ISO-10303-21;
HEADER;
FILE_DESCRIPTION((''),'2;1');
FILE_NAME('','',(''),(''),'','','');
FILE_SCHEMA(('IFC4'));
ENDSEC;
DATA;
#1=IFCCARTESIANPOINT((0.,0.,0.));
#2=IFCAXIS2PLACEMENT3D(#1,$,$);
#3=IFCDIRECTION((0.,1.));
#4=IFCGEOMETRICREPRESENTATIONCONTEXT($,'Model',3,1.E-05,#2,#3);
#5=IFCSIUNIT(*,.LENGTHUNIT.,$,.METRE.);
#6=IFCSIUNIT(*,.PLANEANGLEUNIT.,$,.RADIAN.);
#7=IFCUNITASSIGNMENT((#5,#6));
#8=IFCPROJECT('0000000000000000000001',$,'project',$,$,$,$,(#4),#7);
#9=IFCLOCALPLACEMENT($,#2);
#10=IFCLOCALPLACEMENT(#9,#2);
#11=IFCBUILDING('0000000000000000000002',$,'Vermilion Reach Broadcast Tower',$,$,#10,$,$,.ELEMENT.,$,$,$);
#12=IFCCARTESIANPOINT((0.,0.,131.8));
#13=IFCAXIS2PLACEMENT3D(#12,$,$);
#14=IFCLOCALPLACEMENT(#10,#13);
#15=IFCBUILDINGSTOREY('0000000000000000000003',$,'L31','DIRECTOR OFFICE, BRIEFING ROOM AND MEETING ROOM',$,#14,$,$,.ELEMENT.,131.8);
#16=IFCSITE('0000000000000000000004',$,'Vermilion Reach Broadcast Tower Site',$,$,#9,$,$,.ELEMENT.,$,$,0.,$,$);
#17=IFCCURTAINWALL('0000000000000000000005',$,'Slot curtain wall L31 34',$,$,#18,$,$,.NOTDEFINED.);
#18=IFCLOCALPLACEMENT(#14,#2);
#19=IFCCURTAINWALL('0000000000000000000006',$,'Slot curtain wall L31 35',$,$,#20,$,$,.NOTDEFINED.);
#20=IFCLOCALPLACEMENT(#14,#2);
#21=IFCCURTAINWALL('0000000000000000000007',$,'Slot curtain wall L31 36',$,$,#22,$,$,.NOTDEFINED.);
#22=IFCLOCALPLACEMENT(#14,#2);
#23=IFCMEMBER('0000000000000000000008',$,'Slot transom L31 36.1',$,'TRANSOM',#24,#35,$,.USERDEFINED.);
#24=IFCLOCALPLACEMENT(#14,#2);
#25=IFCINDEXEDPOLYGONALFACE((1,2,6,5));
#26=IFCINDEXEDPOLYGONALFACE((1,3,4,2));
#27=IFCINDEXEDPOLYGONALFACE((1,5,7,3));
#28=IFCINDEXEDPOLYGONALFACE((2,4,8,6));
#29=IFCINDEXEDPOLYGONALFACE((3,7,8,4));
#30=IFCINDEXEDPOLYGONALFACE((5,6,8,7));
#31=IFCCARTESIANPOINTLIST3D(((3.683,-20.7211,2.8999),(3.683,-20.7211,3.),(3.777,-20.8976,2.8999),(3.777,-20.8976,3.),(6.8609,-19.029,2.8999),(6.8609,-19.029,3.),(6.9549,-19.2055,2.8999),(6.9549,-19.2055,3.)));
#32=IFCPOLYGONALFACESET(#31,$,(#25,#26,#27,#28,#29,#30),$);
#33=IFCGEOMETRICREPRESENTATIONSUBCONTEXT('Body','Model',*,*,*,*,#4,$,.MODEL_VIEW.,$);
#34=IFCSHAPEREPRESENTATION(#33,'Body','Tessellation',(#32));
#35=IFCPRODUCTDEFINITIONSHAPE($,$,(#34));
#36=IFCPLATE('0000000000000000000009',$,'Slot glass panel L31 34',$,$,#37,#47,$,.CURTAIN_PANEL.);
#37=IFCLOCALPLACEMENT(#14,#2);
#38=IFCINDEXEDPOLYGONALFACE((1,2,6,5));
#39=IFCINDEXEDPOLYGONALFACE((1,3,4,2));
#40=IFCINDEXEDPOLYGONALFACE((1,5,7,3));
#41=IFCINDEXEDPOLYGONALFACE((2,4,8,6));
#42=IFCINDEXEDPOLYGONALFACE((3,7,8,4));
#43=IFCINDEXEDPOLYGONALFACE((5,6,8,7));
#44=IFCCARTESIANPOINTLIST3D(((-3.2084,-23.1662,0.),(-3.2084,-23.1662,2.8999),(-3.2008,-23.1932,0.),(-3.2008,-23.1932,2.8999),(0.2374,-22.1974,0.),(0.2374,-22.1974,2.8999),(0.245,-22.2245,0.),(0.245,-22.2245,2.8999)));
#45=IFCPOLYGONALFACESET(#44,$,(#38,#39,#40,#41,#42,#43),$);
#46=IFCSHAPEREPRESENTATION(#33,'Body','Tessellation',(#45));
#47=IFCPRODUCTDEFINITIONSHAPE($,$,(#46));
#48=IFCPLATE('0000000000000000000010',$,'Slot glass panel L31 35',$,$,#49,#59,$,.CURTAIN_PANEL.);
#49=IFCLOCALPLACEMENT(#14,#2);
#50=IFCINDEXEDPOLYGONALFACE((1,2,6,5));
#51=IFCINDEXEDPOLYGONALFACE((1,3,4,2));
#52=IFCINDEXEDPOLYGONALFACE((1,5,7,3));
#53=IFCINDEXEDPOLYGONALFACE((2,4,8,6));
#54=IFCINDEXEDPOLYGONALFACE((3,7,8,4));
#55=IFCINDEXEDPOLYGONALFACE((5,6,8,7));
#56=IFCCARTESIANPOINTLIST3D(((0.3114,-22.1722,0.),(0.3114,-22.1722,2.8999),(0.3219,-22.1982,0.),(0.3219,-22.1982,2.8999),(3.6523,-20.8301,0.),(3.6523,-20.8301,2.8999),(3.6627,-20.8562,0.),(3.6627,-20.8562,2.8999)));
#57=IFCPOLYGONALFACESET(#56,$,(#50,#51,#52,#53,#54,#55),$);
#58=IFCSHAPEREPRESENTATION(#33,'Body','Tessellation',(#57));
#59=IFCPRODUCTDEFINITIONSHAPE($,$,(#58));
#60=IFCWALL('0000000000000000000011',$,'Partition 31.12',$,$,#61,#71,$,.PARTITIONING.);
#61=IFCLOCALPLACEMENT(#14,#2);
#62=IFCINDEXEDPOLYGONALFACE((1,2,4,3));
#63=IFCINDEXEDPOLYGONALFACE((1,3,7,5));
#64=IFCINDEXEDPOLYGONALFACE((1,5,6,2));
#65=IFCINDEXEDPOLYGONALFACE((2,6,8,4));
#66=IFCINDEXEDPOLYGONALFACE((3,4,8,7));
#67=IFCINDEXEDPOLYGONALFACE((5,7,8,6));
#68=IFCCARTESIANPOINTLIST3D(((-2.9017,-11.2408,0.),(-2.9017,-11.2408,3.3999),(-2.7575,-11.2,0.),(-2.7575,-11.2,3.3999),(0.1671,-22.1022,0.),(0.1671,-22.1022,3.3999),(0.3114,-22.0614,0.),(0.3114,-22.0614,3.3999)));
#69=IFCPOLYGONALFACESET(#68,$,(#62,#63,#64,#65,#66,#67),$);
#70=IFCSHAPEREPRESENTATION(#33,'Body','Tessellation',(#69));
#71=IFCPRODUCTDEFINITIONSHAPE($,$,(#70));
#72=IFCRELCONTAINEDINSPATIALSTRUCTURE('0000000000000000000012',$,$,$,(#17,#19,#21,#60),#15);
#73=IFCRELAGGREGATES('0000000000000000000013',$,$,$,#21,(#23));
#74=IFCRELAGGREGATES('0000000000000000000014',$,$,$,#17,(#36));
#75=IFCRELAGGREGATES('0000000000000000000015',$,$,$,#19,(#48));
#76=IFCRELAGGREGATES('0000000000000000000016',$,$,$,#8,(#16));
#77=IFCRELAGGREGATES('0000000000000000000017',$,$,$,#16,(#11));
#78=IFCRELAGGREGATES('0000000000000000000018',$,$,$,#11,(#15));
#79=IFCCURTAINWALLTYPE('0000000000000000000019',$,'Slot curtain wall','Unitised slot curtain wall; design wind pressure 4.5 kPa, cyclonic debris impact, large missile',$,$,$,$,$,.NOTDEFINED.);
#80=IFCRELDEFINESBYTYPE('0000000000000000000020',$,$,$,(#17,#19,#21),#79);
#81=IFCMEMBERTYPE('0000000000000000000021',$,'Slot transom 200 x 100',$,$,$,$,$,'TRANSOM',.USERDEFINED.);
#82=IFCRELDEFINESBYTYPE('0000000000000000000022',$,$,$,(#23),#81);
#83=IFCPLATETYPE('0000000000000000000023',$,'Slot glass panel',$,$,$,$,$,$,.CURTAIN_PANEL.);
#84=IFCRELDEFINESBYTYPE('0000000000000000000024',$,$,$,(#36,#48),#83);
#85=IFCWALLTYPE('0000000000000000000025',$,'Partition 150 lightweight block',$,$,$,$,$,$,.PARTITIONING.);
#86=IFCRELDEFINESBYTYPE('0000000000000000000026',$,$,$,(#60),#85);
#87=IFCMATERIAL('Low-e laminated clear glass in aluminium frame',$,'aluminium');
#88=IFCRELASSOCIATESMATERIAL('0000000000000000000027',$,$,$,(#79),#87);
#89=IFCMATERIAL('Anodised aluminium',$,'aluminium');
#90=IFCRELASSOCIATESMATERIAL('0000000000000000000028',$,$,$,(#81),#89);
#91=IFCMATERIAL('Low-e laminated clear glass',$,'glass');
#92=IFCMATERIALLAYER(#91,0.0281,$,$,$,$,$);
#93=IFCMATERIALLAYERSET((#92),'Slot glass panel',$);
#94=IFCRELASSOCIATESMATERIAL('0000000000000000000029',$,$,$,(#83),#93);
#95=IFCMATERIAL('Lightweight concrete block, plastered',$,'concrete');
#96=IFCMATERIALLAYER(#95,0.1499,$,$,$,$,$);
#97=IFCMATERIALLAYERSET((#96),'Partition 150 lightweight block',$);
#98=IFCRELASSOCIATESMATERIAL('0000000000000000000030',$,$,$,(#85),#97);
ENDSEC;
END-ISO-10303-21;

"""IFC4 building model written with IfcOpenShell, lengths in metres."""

from ifc_helpers import new_model, si_unit, direction, frame, frame_2d, origin, origin_2d, place, context, subcontext, project, spatial, rectangle, extrude, material, layer, layer_set, material_profile, profile_set, type_object, element, aggregate, save


model = new_model("IFC4")

# Units and contexts
model_context = context("Model", 3, precision=1e-05, world=origin(), true_north=direction((0.0, 1.0)))
body_context = subcontext(model_context, "Body", "Model", "MODEL_VIEW")
ifc_project = project(units=[si_unit("LENGTHUNIT", "METRE"), si_unit("PLANEANGLEUNIT", "RADIAN")], contexts=[model_context])

# Site, building, storey
site_placement = place(None, origin())
site = spatial("IfcSite", under=ifc_project, at=site_placement, Name="Vermilion Reach Broadcast Tower Site", CompositionType="ELEMENT", RefElevation=0.0)
building_placement = place(site_placement, origin())
building = spatial("IfcBuilding", under=site, at=building_placement, Name="Vermilion Reach Broadcast Tower", CompositionType="ELEMENT")
storey_placement = place(building_placement, frame((0.0, 0.0, 131.8)))
storey = spatial("IfcBuildingStorey", under=building, at=storey_placement, Name="L31", Description="DIRECTOR OFFICE, BRIEFING ROOM AND MEETING ROOM", CompositionType="ELEMENT", Elevation=131.8)

# Curtain walls
ifc_material_1 = material(Name="Low-e laminated clear glass in aluminium frame", Category="aluminium")
curtain_wall_type = type_object("IfcCurtainWallType", Name="Slot curtain wall", Description="Unitised slot curtain wall; design wind pressure 4.5 kPa, cyclonic debris impact, large missile", PredefinedType="NOTDEFINED", material=ifc_material_1)
placement = place(storey_placement, origin())
curtain_wall_1 = element("IfcCurtainWall", 1, at=placement, inside=storey, type_object=curtain_wall_type, Name="Slot curtain wall L31 34", PredefinedType="NOTDEFINED")
curtain_wall_2 = element("IfcCurtainWall", 2, at=placement, inside=storey, type_object=curtain_wall_type, Name="Slot curtain wall L31 35", PredefinedType="NOTDEFINED")
curtain_wall_3 = element("IfcCurtainWall", 3, at=placement, inside=storey, type_object=curtain_wall_type, Name="Slot curtain wall L31 36", PredefinedType="NOTDEFINED")

# Member
ifc_material_2 = material(Name="Anodised aluminium", Category="aluminium")
ifc_material_profile_1 = material_profile(ifc_material_2, rectangle(XDim=0.2, YDim=0.1001, at=origin_2d()), Name="Slot transom 200 x 100")
ifc_profile_set_1 = profile_set([ifc_material_profile_1], Name="Anodised aluminium")
member_type_1 = type_object("IfcMemberType", Name="Slot transom 200 x 100", ElementType="TRANSOM", PredefinedType="USERDEFINED", material=ifc_profile_set_1)
member_1_placement = place(storey_placement, frame((3.73, -20.8093, 2.95), z_axis=(0.882674, 0.469986, 0.0), x_axis=(-0.469986, 0.882674, 0.0)))
member_1 = element("IfcMember", 4, at=member_1_placement, type_object=member_type_1, Name="Slot transom L31 36.1", ObjectType="TRANSOM", PredefinedType="USERDEFINED", context=body_context, shape_type="SweptSolid", body=[
    extrude(rectangle(XDim=0.2, YDim=0.1001, at=origin_2d()), origin(), (0.0, 0.0, 1.0), 3.6003),
])
aggregate(curtain_wall_3, [member_1])

# Plates
ifc_material_3 = material(Name="Low-e laminated clear glass", Category="glass")
ifc_layer_1 = layer(ifc_material_3, 0.0281)
ifc_layer_set_1 = layer_set([ifc_layer_1], Name="Slot glass panel")
plate_type = type_object("IfcPlateType", Name="Slot glass panel", PredefinedType="CURTAIN_PANEL", material=ifc_layer_set_1)
plate_1_placement = place(storey_placement, frame((-1.4817, -22.6953, 0.0), z_axis=(0.0, 0.0, 1.0), x_axis=(0.96268, 0.270642, 0.0)))
plate_1 = element("IfcPlate", 5, at=plate_1_placement, type_object=plate_type, Name="Slot glass panel L31 34", PredefinedType="CURTAIN_PANEL", context=body_context, shape_type="SweptSolid", body=[
    extrude(rectangle(XDim=3.5793, YDim=0.0281, at=origin_2d()), origin(), (0.0, 0.0, 1.0), 2.8999),
])
aggregate(curtain_wall_1, [plate_1])
plate_2_placement = place(storey_placement, frame((1.9871, -21.5142, 0.0), z_axis=(0.0, 0.0, 1.0), x_axis=(0.927929, 0.372756, 0.0)))
plate_2 = element("IfcPlate", 6, at=plate_2_placement, type_object=plate_type, Name="Slot glass panel L31 35", PredefinedType="CURTAIN_PANEL", context=body_context, shape_type="SweptSolid", body=[
    extrude(rectangle(XDim=3.6003, YDim=0.0281, at=origin_2d()), origin(), (0.0, 0.0, 1.0), 2.8999),
])
aggregate(curtain_wall_2, [plate_2])

# Wall
ifc_material_4 = material(Name="Lightweight concrete block, plastered", Category="concrete")
ifc_layer_2 = layer(ifc_material_4, 0.1499)
ifc_layer_set_2 = layer_set([ifc_layer_2], Name="Partition 150 lightweight block")
wall_type = type_object("IfcWallType", Name="Partition 150 lightweight block", PredefinedType="PARTITIONING", material=ifc_layer_set_2)
wall_placement = place(storey_placement, frame((0.2393, -22.0818, 0.0), z_axis=(0.0, 0.0, 1.0), x_axis=(-0.271903, 0.962325, 0.0)))
element("IfcWall", 7, at=wall_placement, inside=storey, type_object=wall_type, Name="Partition 31.12", PredefinedType="PARTITIONING", context=body_context, shape_type="SweptSolid", body=[
    extrude(rectangle(XDim=11.2866, YDim=0.1499, at=frame_2d((5.6433, 0.0))), origin(), (0.0, 0.0, 1.0), 3.3999),
])

save(model, "model.ifc")
